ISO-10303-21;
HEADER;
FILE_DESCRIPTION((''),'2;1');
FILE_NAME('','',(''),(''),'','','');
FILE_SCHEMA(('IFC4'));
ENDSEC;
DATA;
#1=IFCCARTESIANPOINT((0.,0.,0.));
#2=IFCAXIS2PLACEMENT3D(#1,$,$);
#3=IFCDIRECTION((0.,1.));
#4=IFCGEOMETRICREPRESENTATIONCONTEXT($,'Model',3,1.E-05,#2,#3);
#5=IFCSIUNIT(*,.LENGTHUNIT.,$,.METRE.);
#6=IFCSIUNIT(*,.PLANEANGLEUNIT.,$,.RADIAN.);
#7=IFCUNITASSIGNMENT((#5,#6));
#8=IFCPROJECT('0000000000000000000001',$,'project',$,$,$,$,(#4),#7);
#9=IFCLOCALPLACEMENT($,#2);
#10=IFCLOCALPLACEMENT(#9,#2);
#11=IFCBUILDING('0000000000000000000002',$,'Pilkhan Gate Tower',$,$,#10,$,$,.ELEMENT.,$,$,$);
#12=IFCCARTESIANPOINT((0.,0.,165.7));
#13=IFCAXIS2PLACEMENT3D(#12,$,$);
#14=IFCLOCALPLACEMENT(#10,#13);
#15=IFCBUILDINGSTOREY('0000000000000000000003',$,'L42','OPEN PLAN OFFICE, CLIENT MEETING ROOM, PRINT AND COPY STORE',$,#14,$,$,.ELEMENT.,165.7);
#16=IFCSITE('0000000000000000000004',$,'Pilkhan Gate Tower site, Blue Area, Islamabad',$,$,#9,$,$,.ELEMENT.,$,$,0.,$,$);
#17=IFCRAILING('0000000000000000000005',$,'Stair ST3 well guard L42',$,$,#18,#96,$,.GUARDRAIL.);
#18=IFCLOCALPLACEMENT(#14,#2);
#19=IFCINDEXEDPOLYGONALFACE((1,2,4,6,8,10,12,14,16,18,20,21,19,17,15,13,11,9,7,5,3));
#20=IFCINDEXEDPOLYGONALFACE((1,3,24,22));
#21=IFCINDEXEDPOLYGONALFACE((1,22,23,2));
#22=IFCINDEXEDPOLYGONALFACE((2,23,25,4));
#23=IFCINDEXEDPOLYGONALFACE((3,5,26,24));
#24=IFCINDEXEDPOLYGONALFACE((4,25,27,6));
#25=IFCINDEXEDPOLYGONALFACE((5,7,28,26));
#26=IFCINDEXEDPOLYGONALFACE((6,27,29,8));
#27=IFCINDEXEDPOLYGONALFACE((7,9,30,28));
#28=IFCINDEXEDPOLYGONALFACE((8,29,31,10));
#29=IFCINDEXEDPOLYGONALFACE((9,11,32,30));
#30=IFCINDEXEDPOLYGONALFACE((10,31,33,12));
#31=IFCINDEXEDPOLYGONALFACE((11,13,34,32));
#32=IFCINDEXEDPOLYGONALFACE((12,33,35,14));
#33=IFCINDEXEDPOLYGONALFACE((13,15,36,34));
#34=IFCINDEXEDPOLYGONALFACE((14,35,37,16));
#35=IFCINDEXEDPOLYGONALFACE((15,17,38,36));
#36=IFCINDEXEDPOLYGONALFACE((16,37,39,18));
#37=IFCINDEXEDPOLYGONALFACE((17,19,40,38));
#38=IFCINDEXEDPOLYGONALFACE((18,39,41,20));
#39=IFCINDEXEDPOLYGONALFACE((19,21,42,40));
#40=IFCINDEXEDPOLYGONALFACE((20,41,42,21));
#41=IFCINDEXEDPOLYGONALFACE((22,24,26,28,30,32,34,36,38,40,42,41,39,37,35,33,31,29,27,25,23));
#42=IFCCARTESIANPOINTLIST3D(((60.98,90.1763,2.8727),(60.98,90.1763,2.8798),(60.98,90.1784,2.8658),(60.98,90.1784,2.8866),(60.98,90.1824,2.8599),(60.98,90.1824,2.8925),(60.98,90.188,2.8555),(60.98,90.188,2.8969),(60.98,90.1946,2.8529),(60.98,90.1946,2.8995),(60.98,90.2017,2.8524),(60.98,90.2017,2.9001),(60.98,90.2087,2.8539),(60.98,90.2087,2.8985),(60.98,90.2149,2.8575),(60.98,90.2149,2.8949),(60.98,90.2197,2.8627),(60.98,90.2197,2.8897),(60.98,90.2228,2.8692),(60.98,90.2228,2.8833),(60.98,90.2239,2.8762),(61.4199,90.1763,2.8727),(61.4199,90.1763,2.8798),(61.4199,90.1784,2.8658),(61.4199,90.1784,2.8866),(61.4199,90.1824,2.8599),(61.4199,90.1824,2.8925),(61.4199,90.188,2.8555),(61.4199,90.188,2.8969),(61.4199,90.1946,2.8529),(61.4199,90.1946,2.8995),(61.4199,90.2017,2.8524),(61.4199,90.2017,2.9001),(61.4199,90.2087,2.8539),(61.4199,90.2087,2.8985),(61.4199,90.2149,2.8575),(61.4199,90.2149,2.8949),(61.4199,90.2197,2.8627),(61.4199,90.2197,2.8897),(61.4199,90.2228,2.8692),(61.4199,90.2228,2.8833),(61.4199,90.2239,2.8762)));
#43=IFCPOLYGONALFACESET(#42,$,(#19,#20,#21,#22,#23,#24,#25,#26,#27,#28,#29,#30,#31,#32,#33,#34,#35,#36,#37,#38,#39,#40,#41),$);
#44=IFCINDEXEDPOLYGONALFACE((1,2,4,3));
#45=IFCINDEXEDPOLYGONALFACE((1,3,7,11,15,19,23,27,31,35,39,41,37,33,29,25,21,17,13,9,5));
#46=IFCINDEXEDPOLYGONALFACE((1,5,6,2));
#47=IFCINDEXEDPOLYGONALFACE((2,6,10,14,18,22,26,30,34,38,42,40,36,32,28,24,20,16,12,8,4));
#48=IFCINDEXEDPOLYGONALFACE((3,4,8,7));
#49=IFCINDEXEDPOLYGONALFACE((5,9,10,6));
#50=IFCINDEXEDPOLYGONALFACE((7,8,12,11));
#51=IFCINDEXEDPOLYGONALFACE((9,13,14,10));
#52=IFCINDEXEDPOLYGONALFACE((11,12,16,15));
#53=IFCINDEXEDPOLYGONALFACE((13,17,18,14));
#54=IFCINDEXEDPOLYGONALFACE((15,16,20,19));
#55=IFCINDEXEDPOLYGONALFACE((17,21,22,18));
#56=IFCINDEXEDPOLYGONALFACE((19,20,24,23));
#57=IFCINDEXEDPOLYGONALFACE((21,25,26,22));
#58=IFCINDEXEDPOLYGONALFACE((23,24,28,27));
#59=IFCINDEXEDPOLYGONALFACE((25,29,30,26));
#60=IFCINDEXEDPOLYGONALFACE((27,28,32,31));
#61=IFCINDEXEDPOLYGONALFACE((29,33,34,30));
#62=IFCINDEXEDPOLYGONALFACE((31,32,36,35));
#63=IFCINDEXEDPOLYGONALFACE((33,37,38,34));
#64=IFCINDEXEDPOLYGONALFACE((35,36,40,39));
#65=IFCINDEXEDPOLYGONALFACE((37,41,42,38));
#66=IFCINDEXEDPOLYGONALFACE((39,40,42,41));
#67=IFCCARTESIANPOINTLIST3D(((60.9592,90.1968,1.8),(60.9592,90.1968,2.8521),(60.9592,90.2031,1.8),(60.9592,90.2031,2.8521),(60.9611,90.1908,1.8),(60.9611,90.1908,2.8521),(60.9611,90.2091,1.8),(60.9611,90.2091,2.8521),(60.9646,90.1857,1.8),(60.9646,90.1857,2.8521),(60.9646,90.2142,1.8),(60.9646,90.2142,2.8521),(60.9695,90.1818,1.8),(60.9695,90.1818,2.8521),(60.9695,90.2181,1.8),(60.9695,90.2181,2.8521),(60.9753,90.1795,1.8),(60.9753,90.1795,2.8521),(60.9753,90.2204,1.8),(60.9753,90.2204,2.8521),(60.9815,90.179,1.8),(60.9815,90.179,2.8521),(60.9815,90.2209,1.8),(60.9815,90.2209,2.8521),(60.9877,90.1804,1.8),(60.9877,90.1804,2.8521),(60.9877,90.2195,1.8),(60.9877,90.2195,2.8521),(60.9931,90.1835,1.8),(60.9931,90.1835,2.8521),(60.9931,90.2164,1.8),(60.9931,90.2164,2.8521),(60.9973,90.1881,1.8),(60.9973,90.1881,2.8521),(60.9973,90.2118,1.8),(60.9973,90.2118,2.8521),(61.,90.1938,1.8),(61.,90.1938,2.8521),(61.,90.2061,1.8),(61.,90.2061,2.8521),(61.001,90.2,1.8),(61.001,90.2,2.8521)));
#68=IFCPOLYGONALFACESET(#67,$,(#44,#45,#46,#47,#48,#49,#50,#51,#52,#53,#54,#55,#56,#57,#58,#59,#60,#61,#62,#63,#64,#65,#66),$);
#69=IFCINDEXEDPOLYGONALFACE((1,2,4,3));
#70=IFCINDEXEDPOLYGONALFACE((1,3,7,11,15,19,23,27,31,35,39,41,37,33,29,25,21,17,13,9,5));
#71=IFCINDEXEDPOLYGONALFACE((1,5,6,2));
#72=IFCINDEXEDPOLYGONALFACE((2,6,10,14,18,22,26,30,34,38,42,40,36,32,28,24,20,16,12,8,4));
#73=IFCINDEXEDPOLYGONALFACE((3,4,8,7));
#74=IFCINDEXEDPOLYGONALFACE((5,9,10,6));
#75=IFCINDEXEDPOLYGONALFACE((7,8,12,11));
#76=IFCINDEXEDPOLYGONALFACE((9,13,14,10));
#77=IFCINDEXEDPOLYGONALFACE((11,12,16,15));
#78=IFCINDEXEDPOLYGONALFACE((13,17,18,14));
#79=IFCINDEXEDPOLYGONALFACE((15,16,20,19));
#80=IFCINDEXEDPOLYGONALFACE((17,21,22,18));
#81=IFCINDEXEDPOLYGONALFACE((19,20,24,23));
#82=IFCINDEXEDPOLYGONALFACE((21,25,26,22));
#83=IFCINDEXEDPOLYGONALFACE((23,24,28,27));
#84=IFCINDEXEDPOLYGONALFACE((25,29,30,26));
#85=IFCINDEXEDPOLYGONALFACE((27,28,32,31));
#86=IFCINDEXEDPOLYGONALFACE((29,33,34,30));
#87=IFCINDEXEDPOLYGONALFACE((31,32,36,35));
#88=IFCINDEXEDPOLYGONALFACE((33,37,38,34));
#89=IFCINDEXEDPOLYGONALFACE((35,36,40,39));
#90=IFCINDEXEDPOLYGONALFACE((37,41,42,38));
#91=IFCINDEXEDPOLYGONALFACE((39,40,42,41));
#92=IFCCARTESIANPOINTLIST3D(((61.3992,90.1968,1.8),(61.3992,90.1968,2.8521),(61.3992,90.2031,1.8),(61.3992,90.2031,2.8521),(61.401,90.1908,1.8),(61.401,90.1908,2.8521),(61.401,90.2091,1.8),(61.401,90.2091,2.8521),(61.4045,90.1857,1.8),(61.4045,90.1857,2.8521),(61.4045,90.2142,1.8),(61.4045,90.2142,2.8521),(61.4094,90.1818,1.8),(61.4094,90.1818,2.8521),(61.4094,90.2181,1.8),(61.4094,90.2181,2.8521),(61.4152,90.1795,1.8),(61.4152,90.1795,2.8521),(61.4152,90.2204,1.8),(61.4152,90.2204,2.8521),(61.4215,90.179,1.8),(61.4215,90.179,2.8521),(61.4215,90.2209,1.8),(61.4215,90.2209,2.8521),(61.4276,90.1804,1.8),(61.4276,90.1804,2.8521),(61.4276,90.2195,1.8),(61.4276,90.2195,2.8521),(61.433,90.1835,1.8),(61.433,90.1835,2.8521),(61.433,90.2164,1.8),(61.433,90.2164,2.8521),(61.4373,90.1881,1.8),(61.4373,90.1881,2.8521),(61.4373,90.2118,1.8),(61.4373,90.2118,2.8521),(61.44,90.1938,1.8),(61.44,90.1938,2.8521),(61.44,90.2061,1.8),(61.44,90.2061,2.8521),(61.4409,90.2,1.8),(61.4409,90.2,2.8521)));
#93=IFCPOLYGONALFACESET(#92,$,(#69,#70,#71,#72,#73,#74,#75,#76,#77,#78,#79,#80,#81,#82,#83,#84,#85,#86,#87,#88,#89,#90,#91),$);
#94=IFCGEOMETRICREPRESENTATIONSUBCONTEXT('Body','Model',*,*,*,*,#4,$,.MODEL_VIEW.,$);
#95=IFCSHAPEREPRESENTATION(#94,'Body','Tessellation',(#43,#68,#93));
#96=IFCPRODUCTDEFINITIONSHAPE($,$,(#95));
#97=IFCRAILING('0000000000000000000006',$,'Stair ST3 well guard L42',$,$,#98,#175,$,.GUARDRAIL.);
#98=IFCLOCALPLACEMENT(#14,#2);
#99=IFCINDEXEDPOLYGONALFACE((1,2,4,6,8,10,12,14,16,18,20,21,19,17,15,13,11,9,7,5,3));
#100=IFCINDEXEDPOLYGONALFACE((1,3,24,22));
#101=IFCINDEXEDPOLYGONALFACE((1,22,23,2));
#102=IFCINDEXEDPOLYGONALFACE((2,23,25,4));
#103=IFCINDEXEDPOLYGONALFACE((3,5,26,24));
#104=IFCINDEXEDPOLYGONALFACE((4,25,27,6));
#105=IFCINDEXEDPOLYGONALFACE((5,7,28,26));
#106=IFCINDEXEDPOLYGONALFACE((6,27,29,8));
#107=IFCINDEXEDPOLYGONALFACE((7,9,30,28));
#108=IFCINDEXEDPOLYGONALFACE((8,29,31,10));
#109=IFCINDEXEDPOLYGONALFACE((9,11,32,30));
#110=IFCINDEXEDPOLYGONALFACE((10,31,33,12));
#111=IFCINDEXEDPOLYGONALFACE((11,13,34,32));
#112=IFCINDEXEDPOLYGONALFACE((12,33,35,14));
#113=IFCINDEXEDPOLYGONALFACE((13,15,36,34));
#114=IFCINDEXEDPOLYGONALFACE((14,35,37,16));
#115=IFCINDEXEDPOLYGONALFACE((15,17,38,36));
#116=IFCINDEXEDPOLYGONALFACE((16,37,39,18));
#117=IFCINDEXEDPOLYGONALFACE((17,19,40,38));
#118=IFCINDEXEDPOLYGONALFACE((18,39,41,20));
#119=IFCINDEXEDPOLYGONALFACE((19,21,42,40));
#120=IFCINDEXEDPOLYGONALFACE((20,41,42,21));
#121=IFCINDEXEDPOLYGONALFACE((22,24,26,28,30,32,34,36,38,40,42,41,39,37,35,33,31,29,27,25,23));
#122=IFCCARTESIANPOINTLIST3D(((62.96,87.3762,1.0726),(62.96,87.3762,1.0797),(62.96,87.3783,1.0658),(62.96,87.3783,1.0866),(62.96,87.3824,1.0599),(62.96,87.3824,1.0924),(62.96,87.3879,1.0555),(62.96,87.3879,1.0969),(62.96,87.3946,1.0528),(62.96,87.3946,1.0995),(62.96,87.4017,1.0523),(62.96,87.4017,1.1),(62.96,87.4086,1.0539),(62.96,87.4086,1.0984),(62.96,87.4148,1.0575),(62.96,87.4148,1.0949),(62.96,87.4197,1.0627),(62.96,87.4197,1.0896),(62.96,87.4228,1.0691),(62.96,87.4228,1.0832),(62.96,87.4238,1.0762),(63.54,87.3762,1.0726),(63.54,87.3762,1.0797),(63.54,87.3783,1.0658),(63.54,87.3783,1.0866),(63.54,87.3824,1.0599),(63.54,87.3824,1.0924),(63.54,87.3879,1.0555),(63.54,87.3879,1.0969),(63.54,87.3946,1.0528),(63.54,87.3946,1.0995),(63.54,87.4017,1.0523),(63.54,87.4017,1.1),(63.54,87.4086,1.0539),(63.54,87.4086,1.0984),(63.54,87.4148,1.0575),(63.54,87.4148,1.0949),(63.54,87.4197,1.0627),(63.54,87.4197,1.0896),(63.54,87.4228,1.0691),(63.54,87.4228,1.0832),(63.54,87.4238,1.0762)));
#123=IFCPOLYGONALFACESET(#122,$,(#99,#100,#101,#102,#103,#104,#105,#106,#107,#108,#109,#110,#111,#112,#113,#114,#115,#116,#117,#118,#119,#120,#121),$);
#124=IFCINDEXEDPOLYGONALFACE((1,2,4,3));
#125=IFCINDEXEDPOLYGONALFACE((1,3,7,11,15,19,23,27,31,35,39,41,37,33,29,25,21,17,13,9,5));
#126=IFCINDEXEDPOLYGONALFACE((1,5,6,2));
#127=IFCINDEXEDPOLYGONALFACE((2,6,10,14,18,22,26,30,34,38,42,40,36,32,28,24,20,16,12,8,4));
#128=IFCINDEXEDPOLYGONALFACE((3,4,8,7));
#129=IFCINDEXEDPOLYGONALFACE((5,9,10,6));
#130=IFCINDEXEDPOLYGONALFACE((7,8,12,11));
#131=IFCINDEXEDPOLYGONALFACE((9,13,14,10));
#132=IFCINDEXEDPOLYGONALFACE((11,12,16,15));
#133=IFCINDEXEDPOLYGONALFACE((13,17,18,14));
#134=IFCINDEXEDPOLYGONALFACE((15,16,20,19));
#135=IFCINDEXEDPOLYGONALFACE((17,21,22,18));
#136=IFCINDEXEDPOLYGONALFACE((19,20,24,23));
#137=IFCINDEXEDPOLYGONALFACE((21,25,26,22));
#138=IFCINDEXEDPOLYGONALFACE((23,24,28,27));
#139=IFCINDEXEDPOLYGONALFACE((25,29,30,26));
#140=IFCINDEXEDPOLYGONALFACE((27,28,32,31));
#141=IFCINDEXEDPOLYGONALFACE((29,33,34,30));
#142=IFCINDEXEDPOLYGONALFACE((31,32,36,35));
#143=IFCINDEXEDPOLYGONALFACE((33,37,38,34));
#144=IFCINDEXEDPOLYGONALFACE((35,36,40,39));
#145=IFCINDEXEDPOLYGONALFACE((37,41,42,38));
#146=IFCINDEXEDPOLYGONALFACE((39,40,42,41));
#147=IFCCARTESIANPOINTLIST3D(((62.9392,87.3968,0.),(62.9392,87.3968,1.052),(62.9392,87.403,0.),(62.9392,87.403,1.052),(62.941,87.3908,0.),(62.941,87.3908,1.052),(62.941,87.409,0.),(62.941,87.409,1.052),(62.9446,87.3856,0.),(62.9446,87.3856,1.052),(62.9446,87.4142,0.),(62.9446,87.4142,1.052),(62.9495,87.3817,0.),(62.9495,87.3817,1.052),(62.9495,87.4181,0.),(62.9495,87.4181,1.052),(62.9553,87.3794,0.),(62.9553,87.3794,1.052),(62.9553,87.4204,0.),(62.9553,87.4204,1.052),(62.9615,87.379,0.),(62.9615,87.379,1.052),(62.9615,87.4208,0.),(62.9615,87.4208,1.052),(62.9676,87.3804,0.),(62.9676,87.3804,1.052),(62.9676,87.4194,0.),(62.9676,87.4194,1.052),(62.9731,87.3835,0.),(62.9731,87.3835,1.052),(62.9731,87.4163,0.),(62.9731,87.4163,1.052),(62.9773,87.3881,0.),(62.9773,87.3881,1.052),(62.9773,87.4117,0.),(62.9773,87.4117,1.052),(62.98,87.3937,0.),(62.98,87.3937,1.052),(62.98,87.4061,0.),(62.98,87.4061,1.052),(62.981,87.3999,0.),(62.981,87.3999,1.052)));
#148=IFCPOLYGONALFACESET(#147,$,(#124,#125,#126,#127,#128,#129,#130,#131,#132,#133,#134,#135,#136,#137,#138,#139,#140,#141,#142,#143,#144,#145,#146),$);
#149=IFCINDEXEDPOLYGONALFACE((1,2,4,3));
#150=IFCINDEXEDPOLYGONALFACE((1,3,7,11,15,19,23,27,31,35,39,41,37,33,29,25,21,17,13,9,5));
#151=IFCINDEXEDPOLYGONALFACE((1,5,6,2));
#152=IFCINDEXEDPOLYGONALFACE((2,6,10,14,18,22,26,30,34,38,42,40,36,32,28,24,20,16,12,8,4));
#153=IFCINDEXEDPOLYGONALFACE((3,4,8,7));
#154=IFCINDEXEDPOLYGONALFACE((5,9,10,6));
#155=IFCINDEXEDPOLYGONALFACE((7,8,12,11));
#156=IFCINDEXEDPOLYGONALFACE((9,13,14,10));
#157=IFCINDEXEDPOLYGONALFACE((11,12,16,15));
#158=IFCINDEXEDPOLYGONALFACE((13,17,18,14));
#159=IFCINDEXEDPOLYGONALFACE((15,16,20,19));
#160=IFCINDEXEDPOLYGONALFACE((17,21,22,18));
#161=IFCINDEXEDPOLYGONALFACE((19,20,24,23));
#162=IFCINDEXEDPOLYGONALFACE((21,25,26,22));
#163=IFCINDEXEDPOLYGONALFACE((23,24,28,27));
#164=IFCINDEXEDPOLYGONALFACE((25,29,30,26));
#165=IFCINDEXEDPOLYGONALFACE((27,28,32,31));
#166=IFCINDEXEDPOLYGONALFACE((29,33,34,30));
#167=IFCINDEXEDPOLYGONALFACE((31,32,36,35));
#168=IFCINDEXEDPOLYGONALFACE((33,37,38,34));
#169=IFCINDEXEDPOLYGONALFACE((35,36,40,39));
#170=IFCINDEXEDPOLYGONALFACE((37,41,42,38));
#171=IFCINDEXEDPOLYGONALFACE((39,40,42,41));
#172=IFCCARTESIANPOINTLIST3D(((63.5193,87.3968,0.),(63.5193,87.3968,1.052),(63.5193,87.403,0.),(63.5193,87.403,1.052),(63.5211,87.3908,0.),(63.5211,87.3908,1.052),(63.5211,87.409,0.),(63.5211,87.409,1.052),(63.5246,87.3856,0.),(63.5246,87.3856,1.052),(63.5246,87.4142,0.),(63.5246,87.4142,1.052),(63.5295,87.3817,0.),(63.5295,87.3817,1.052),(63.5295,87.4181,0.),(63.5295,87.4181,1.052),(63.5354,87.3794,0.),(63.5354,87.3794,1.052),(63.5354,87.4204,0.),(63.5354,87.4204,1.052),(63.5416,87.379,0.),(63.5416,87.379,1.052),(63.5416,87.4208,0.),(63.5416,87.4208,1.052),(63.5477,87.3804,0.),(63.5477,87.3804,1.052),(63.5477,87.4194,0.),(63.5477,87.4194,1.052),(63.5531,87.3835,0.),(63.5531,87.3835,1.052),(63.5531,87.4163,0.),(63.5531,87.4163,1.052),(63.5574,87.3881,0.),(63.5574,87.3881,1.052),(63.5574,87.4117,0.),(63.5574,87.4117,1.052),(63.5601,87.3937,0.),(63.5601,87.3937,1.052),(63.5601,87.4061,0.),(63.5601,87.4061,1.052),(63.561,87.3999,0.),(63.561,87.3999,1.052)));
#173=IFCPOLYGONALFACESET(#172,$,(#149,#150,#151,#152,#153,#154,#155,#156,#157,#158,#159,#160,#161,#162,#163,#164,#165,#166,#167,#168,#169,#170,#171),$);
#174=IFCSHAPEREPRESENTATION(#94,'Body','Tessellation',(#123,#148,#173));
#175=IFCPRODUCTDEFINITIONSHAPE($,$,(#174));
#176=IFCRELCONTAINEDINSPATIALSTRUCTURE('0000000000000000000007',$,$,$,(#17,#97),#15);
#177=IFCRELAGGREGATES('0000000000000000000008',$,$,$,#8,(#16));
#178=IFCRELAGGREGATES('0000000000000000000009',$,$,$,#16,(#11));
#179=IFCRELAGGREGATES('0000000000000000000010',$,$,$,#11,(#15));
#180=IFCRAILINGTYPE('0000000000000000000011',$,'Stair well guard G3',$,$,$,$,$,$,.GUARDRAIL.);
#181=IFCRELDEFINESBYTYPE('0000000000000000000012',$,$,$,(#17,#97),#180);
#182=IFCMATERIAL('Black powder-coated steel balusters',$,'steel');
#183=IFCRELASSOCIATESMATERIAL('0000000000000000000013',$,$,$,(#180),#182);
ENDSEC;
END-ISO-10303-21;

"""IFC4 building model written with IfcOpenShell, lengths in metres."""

from ifc_helpers import new_model, si_unit, direction, frame, origin, origin_2d, place, context, subcontext, project, spatial, circle, extrude, material, type_object, element, save


model = new_model("IFC4")

# Units and contexts
model_context = context("Model", 3, precision=1e-05, world=origin(), true_north=direction((0.0, 1.0)))
body_context = subcontext(model_context, "Body", "Model", "MODEL_VIEW")
ifc_project = project(units=[si_unit("LENGTHUNIT", "METRE"), si_unit("PLANEANGLEUNIT", "RADIAN")], contexts=[model_context])

# Site, building, storey
site_placement = place(None, origin())
site = spatial("IfcSite", under=ifc_project, at=site_placement, Name="Pilkhan Gate Tower site, Blue Area, Islamabad", CompositionType="ELEMENT", RefElevation=0.0)
building_placement = place(site_placement, origin())
building = spatial("IfcBuilding", under=site, at=building_placement, Name="Pilkhan Gate Tower", CompositionType="ELEMENT")
storey_placement = place(building_placement, frame((0.0, 0.0, 165.7)))
storey = spatial("IfcBuildingStorey", under=building, at=storey_placement, Name="L42", Description="OPEN PLAN OFFICE, CLIENT MEETING ROOM, PRINT AND COPY STORE", CompositionType="ELEMENT", Elevation=165.7)

# Railings
ifc_material_1 = material(Name="Black powder-coated steel balusters", Category="steel")
railing_type_1 = type_object("IfcRailingType", Name="Stair well guard G3", PredefinedType="GUARDRAIL", material=ifc_material_1)
railing_1_placement = place(storey_placement, frame((60.98, 90.2, 1.8)))
element("IfcRailing", 1, at=railing_1_placement, inside=storey, type_object=railing_type_1, Name="Stair ST3 well guard L42", PredefinedType="GUARDRAIL", context=body_context, shape_type="SweptSolid", body=[
    extrude(circle(Radius=0.0239, at=origin_2d()), frame((0.0, 0.0, 1.0762), z_axis=(1.0, 0.0, 0.0), x_axis=(0.0, 1.0, 0.0)), (0.0, 0.0, 1.0), 0.4399),
    extrude(circle(Radius=0.021, at=origin_2d()), origin(), (0.0, 0.0, 1.0), 1.052),
    extrude(circle(Radius=0.021, at=origin_2d()), frame((0.4399, 0.0, 0.0)), (0.0, 0.0, 1.0), 1.052),
])
for number, where, name in (
    (2, (62.96, 87.3999, 0.0), "Stair ST3 well guard L42"),
):
    element("IfcRailing", number, at=place(storey_placement, frame(where)), inside=storey, type_object=railing_type_1, Name=name, PredefinedType="GUARDRAIL", context=body_context, shape_type="SweptSolid", body=[
        extrude(circle(Radius=0.0239, at=origin_2d()), frame((0.0, 0.0, 1.0762), z_axis=(1.0, 0.0, 0.0), x_axis=(0.0, 1.0, 0.0)), (0.0, 0.0, 1.0), 0.5801),
        extrude(circle(Radius=0.021, at=origin_2d()), origin(), (0.0, 0.0, 1.0), 1.052),
        extrude(circle(Radius=0.021, at=origin_2d()), frame((0.5801, 0.0, 0.0)), (0.0, 0.0, 1.0), 1.052),
    ])

save(model, "model.ifc")
